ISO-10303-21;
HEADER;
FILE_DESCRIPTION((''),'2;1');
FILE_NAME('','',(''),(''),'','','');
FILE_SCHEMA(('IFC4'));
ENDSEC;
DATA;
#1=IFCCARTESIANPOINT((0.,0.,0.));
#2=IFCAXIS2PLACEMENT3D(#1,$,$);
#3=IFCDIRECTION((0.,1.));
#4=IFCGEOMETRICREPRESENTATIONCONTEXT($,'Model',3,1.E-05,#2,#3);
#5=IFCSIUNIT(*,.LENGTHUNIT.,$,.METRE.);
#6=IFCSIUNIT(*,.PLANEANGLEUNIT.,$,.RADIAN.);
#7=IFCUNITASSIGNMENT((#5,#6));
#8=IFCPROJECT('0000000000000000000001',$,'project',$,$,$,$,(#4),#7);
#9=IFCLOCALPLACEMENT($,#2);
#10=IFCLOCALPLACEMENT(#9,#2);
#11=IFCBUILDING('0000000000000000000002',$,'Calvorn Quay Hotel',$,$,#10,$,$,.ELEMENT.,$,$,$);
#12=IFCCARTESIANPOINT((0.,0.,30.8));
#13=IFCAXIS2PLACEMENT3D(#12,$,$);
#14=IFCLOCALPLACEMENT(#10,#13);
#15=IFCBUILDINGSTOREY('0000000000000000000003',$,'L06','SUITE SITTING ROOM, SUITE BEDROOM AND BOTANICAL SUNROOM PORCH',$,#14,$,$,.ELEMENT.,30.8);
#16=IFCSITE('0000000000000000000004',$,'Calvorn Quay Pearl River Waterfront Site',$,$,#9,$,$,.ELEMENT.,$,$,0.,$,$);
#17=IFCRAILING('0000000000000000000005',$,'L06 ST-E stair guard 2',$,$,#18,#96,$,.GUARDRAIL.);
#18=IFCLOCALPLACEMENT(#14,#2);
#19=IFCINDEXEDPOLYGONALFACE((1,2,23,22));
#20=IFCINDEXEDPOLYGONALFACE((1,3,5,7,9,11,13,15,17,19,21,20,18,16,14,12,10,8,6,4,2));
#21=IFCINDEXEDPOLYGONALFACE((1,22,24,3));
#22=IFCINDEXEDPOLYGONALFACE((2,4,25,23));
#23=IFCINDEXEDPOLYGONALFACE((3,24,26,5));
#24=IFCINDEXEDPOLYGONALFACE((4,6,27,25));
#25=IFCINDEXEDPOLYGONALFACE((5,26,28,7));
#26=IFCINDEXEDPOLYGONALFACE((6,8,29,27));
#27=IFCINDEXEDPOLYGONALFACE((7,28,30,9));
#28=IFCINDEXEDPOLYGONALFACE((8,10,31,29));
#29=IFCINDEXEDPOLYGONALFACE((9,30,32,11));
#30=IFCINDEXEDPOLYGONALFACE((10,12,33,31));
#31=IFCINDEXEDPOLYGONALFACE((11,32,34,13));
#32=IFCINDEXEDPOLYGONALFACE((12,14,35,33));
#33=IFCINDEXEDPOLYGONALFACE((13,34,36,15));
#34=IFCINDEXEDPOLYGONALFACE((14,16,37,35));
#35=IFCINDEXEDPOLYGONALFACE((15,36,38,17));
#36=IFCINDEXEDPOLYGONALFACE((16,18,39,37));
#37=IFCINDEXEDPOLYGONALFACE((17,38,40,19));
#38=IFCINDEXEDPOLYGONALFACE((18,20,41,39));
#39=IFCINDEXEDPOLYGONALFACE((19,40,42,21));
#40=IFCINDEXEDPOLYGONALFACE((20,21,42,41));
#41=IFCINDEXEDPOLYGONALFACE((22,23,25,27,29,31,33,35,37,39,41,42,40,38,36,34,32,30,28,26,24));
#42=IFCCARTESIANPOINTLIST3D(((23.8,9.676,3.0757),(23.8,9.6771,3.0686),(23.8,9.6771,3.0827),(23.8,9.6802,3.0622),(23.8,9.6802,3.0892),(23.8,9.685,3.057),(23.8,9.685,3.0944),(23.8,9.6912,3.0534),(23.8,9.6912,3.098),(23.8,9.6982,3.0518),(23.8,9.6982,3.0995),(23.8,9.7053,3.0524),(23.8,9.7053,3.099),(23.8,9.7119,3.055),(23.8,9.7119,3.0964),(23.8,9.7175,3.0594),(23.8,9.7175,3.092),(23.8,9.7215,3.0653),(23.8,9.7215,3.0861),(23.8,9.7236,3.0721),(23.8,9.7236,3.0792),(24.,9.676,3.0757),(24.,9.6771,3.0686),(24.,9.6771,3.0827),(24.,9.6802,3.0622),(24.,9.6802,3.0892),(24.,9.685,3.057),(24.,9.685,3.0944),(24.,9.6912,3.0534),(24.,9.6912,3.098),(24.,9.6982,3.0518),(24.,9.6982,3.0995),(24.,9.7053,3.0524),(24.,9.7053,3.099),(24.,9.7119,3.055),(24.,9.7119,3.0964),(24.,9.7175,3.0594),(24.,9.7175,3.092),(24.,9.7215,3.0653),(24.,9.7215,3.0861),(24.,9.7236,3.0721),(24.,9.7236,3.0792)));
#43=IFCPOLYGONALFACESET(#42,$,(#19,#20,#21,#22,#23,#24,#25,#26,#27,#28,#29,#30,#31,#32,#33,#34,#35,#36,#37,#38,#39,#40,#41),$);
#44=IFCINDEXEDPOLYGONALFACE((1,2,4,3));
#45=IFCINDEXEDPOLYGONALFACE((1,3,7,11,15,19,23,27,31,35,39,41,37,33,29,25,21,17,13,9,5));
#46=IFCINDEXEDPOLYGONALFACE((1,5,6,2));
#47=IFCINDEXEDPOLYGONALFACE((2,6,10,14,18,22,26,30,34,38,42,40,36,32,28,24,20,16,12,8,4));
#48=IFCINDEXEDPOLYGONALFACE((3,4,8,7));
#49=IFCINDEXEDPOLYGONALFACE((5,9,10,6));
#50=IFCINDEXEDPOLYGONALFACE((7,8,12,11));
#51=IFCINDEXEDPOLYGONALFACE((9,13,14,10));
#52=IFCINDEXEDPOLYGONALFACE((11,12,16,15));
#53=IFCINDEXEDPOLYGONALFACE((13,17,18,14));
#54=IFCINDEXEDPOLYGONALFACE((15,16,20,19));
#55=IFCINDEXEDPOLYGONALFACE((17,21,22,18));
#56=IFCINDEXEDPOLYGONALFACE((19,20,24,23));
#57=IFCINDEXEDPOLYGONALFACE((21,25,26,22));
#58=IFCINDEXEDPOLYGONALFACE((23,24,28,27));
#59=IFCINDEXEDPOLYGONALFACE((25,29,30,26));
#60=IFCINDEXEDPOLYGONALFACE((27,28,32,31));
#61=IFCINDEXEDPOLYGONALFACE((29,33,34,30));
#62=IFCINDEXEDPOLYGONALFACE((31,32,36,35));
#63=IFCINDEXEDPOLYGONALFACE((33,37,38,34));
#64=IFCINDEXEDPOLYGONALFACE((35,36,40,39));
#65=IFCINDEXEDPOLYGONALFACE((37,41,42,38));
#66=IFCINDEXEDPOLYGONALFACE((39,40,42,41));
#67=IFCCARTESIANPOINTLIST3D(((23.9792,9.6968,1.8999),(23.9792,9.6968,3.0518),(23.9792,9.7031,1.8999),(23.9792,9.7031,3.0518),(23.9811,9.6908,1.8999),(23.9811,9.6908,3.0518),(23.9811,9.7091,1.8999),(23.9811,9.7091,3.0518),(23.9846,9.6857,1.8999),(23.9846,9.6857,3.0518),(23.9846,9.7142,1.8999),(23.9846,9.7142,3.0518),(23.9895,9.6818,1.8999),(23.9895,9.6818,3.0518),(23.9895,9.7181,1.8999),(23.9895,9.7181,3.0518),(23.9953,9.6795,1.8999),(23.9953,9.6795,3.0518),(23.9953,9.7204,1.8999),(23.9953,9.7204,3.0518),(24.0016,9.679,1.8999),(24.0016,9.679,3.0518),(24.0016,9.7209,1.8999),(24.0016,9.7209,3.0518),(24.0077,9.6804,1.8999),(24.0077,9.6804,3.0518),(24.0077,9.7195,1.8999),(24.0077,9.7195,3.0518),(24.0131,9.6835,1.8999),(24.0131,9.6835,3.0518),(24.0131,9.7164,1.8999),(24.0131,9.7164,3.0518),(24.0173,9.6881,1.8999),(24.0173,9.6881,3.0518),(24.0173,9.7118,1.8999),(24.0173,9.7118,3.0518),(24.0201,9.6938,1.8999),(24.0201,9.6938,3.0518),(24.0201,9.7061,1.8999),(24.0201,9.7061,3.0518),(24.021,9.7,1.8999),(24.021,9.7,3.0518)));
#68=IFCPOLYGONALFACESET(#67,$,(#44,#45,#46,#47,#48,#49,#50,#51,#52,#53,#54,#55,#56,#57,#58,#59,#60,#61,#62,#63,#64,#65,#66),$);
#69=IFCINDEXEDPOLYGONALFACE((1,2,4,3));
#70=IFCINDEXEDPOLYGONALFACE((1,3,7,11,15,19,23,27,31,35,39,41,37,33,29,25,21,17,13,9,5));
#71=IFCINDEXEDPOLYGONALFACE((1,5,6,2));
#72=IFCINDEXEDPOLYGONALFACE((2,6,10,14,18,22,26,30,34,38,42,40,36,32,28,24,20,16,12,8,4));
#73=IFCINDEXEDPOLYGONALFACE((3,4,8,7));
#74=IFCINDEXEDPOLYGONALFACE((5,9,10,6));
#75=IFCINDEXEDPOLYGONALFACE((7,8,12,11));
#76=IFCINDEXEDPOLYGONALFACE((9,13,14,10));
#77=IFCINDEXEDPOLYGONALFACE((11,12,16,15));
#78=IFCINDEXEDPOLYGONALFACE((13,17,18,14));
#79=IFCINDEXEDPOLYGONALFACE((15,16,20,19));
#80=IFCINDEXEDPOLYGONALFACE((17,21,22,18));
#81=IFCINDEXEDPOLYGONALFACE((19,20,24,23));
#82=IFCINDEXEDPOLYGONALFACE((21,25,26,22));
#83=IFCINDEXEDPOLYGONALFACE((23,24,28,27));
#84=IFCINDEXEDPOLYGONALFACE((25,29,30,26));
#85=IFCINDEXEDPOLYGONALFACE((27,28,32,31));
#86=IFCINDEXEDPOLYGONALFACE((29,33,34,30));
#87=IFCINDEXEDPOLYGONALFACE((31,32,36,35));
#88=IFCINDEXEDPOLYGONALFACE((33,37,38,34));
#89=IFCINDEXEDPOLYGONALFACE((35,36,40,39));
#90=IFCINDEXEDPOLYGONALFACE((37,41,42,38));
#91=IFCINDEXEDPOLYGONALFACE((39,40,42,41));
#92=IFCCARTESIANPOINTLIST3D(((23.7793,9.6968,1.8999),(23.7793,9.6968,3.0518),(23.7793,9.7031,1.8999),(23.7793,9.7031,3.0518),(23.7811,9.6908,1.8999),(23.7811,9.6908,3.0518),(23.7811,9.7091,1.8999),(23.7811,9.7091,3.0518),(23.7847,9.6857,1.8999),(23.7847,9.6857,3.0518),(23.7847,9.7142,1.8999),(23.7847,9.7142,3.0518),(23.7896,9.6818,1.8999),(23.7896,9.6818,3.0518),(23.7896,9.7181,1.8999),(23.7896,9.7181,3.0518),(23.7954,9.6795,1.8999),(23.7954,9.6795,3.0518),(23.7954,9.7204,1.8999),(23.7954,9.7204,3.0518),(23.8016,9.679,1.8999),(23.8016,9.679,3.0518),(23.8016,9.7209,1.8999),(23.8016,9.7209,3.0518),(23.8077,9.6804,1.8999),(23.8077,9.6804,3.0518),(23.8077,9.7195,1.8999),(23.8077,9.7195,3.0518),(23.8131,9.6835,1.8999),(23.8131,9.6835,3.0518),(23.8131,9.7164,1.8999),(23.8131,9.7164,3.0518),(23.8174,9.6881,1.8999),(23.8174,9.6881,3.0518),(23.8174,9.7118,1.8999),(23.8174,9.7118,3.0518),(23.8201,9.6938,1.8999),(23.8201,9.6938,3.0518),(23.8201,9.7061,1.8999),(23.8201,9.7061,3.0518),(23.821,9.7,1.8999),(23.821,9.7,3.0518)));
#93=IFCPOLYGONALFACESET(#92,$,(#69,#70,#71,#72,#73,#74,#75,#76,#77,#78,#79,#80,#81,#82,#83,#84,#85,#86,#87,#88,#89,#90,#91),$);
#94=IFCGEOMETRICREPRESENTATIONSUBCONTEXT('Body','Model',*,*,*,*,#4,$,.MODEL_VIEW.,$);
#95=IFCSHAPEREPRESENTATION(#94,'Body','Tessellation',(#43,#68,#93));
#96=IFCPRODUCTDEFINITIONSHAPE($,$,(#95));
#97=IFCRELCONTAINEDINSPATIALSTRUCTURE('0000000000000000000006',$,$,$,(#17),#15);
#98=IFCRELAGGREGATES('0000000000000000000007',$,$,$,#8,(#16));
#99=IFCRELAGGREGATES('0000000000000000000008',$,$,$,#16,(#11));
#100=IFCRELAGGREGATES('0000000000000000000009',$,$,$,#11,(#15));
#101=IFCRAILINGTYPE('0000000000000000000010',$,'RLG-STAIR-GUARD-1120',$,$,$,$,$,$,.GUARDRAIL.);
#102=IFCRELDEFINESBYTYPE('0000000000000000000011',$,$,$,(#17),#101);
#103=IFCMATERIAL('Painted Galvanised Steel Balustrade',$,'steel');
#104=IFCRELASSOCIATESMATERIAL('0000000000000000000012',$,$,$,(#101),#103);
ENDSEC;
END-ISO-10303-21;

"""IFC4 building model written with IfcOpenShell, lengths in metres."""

from ifc_helpers import new_model, si_unit, direction, frame, origin, origin_2d, place, context, subcontext, project, spatial, circle, extrude, material, type_object, element, save


model = new_model("IFC4")

# Units and contexts
model_context = context("Model", 3, precision=1e-05, world=origin(), true_north=direction((0.0, 1.0)))
body_context = subcontext(model_context, "Body", "Model", "MODEL_VIEW")
ifc_project = project(units=[si_unit("LENGTHUNIT", "METRE"), si_unit("PLANEANGLEUNIT", "RADIAN")], contexts=[model_context])

# Site, building, storey
site_placement = place(None, origin())
site = spatial("IfcSite", under=ifc_project, at=site_placement, Name="Calvorn Quay Pearl River Waterfront Site", CompositionType="ELEMENT", RefElevation=0.0)
building_placement = place(site_placement, origin())
building = spatial("IfcBuilding", under=site, at=building_placement, Name="Calvorn Quay Hotel", CompositionType="ELEMENT")
storey_placement = place(building_placement, frame((0.0, 0.0, 30.8)))
storey = spatial("IfcBuildingStorey", under=building, at=storey_placement, Name="L06", Description="SUITE SITTING ROOM, SUITE BEDROOM AND BOTANICAL SUNROOM PORCH", CompositionType="ELEMENT", Elevation=30.8)

# Railing
ifc_material_1 = material(Name="Painted Galvanised Steel Balustrade", Category="steel")
railing_type_1 = type_object("IfcRailingType", Name="RLG-STAIR-GUARD-1120", PredefinedType="GUARDRAIL", material=ifc_material_1)
railing_1_placement = place(storey_placement, frame((24.0, 9.7, 1.8999)))
element("IfcRailing", 1, at=railing_1_placement, inside=storey, type_object=railing_type_1, Name="L06 ST-E stair guard 2", PredefinedType="GUARDRAIL", context=body_context, shape_type="SweptSolid", body=[
    extrude(circle(Radius=0.0239, at=origin_2d()), frame((0.0, 0.0, 1.1758), z_axis=(-1.0, 0.0, 0.0), x_axis=(0.0, -1.0, 0.0)), (0.0, 0.0, 1.0), 0.2),
    extrude(circle(Radius=0.021, at=origin_2d()), origin(), (0.0, 0.0, 1.0), 1.1519),
    extrude(circle(Radius=0.021, at=origin_2d()), frame((-0.2, 0.0, 0.0)), (0.0, 0.0, 1.0), 1.1519),
])

save(model, "model.ifc")
